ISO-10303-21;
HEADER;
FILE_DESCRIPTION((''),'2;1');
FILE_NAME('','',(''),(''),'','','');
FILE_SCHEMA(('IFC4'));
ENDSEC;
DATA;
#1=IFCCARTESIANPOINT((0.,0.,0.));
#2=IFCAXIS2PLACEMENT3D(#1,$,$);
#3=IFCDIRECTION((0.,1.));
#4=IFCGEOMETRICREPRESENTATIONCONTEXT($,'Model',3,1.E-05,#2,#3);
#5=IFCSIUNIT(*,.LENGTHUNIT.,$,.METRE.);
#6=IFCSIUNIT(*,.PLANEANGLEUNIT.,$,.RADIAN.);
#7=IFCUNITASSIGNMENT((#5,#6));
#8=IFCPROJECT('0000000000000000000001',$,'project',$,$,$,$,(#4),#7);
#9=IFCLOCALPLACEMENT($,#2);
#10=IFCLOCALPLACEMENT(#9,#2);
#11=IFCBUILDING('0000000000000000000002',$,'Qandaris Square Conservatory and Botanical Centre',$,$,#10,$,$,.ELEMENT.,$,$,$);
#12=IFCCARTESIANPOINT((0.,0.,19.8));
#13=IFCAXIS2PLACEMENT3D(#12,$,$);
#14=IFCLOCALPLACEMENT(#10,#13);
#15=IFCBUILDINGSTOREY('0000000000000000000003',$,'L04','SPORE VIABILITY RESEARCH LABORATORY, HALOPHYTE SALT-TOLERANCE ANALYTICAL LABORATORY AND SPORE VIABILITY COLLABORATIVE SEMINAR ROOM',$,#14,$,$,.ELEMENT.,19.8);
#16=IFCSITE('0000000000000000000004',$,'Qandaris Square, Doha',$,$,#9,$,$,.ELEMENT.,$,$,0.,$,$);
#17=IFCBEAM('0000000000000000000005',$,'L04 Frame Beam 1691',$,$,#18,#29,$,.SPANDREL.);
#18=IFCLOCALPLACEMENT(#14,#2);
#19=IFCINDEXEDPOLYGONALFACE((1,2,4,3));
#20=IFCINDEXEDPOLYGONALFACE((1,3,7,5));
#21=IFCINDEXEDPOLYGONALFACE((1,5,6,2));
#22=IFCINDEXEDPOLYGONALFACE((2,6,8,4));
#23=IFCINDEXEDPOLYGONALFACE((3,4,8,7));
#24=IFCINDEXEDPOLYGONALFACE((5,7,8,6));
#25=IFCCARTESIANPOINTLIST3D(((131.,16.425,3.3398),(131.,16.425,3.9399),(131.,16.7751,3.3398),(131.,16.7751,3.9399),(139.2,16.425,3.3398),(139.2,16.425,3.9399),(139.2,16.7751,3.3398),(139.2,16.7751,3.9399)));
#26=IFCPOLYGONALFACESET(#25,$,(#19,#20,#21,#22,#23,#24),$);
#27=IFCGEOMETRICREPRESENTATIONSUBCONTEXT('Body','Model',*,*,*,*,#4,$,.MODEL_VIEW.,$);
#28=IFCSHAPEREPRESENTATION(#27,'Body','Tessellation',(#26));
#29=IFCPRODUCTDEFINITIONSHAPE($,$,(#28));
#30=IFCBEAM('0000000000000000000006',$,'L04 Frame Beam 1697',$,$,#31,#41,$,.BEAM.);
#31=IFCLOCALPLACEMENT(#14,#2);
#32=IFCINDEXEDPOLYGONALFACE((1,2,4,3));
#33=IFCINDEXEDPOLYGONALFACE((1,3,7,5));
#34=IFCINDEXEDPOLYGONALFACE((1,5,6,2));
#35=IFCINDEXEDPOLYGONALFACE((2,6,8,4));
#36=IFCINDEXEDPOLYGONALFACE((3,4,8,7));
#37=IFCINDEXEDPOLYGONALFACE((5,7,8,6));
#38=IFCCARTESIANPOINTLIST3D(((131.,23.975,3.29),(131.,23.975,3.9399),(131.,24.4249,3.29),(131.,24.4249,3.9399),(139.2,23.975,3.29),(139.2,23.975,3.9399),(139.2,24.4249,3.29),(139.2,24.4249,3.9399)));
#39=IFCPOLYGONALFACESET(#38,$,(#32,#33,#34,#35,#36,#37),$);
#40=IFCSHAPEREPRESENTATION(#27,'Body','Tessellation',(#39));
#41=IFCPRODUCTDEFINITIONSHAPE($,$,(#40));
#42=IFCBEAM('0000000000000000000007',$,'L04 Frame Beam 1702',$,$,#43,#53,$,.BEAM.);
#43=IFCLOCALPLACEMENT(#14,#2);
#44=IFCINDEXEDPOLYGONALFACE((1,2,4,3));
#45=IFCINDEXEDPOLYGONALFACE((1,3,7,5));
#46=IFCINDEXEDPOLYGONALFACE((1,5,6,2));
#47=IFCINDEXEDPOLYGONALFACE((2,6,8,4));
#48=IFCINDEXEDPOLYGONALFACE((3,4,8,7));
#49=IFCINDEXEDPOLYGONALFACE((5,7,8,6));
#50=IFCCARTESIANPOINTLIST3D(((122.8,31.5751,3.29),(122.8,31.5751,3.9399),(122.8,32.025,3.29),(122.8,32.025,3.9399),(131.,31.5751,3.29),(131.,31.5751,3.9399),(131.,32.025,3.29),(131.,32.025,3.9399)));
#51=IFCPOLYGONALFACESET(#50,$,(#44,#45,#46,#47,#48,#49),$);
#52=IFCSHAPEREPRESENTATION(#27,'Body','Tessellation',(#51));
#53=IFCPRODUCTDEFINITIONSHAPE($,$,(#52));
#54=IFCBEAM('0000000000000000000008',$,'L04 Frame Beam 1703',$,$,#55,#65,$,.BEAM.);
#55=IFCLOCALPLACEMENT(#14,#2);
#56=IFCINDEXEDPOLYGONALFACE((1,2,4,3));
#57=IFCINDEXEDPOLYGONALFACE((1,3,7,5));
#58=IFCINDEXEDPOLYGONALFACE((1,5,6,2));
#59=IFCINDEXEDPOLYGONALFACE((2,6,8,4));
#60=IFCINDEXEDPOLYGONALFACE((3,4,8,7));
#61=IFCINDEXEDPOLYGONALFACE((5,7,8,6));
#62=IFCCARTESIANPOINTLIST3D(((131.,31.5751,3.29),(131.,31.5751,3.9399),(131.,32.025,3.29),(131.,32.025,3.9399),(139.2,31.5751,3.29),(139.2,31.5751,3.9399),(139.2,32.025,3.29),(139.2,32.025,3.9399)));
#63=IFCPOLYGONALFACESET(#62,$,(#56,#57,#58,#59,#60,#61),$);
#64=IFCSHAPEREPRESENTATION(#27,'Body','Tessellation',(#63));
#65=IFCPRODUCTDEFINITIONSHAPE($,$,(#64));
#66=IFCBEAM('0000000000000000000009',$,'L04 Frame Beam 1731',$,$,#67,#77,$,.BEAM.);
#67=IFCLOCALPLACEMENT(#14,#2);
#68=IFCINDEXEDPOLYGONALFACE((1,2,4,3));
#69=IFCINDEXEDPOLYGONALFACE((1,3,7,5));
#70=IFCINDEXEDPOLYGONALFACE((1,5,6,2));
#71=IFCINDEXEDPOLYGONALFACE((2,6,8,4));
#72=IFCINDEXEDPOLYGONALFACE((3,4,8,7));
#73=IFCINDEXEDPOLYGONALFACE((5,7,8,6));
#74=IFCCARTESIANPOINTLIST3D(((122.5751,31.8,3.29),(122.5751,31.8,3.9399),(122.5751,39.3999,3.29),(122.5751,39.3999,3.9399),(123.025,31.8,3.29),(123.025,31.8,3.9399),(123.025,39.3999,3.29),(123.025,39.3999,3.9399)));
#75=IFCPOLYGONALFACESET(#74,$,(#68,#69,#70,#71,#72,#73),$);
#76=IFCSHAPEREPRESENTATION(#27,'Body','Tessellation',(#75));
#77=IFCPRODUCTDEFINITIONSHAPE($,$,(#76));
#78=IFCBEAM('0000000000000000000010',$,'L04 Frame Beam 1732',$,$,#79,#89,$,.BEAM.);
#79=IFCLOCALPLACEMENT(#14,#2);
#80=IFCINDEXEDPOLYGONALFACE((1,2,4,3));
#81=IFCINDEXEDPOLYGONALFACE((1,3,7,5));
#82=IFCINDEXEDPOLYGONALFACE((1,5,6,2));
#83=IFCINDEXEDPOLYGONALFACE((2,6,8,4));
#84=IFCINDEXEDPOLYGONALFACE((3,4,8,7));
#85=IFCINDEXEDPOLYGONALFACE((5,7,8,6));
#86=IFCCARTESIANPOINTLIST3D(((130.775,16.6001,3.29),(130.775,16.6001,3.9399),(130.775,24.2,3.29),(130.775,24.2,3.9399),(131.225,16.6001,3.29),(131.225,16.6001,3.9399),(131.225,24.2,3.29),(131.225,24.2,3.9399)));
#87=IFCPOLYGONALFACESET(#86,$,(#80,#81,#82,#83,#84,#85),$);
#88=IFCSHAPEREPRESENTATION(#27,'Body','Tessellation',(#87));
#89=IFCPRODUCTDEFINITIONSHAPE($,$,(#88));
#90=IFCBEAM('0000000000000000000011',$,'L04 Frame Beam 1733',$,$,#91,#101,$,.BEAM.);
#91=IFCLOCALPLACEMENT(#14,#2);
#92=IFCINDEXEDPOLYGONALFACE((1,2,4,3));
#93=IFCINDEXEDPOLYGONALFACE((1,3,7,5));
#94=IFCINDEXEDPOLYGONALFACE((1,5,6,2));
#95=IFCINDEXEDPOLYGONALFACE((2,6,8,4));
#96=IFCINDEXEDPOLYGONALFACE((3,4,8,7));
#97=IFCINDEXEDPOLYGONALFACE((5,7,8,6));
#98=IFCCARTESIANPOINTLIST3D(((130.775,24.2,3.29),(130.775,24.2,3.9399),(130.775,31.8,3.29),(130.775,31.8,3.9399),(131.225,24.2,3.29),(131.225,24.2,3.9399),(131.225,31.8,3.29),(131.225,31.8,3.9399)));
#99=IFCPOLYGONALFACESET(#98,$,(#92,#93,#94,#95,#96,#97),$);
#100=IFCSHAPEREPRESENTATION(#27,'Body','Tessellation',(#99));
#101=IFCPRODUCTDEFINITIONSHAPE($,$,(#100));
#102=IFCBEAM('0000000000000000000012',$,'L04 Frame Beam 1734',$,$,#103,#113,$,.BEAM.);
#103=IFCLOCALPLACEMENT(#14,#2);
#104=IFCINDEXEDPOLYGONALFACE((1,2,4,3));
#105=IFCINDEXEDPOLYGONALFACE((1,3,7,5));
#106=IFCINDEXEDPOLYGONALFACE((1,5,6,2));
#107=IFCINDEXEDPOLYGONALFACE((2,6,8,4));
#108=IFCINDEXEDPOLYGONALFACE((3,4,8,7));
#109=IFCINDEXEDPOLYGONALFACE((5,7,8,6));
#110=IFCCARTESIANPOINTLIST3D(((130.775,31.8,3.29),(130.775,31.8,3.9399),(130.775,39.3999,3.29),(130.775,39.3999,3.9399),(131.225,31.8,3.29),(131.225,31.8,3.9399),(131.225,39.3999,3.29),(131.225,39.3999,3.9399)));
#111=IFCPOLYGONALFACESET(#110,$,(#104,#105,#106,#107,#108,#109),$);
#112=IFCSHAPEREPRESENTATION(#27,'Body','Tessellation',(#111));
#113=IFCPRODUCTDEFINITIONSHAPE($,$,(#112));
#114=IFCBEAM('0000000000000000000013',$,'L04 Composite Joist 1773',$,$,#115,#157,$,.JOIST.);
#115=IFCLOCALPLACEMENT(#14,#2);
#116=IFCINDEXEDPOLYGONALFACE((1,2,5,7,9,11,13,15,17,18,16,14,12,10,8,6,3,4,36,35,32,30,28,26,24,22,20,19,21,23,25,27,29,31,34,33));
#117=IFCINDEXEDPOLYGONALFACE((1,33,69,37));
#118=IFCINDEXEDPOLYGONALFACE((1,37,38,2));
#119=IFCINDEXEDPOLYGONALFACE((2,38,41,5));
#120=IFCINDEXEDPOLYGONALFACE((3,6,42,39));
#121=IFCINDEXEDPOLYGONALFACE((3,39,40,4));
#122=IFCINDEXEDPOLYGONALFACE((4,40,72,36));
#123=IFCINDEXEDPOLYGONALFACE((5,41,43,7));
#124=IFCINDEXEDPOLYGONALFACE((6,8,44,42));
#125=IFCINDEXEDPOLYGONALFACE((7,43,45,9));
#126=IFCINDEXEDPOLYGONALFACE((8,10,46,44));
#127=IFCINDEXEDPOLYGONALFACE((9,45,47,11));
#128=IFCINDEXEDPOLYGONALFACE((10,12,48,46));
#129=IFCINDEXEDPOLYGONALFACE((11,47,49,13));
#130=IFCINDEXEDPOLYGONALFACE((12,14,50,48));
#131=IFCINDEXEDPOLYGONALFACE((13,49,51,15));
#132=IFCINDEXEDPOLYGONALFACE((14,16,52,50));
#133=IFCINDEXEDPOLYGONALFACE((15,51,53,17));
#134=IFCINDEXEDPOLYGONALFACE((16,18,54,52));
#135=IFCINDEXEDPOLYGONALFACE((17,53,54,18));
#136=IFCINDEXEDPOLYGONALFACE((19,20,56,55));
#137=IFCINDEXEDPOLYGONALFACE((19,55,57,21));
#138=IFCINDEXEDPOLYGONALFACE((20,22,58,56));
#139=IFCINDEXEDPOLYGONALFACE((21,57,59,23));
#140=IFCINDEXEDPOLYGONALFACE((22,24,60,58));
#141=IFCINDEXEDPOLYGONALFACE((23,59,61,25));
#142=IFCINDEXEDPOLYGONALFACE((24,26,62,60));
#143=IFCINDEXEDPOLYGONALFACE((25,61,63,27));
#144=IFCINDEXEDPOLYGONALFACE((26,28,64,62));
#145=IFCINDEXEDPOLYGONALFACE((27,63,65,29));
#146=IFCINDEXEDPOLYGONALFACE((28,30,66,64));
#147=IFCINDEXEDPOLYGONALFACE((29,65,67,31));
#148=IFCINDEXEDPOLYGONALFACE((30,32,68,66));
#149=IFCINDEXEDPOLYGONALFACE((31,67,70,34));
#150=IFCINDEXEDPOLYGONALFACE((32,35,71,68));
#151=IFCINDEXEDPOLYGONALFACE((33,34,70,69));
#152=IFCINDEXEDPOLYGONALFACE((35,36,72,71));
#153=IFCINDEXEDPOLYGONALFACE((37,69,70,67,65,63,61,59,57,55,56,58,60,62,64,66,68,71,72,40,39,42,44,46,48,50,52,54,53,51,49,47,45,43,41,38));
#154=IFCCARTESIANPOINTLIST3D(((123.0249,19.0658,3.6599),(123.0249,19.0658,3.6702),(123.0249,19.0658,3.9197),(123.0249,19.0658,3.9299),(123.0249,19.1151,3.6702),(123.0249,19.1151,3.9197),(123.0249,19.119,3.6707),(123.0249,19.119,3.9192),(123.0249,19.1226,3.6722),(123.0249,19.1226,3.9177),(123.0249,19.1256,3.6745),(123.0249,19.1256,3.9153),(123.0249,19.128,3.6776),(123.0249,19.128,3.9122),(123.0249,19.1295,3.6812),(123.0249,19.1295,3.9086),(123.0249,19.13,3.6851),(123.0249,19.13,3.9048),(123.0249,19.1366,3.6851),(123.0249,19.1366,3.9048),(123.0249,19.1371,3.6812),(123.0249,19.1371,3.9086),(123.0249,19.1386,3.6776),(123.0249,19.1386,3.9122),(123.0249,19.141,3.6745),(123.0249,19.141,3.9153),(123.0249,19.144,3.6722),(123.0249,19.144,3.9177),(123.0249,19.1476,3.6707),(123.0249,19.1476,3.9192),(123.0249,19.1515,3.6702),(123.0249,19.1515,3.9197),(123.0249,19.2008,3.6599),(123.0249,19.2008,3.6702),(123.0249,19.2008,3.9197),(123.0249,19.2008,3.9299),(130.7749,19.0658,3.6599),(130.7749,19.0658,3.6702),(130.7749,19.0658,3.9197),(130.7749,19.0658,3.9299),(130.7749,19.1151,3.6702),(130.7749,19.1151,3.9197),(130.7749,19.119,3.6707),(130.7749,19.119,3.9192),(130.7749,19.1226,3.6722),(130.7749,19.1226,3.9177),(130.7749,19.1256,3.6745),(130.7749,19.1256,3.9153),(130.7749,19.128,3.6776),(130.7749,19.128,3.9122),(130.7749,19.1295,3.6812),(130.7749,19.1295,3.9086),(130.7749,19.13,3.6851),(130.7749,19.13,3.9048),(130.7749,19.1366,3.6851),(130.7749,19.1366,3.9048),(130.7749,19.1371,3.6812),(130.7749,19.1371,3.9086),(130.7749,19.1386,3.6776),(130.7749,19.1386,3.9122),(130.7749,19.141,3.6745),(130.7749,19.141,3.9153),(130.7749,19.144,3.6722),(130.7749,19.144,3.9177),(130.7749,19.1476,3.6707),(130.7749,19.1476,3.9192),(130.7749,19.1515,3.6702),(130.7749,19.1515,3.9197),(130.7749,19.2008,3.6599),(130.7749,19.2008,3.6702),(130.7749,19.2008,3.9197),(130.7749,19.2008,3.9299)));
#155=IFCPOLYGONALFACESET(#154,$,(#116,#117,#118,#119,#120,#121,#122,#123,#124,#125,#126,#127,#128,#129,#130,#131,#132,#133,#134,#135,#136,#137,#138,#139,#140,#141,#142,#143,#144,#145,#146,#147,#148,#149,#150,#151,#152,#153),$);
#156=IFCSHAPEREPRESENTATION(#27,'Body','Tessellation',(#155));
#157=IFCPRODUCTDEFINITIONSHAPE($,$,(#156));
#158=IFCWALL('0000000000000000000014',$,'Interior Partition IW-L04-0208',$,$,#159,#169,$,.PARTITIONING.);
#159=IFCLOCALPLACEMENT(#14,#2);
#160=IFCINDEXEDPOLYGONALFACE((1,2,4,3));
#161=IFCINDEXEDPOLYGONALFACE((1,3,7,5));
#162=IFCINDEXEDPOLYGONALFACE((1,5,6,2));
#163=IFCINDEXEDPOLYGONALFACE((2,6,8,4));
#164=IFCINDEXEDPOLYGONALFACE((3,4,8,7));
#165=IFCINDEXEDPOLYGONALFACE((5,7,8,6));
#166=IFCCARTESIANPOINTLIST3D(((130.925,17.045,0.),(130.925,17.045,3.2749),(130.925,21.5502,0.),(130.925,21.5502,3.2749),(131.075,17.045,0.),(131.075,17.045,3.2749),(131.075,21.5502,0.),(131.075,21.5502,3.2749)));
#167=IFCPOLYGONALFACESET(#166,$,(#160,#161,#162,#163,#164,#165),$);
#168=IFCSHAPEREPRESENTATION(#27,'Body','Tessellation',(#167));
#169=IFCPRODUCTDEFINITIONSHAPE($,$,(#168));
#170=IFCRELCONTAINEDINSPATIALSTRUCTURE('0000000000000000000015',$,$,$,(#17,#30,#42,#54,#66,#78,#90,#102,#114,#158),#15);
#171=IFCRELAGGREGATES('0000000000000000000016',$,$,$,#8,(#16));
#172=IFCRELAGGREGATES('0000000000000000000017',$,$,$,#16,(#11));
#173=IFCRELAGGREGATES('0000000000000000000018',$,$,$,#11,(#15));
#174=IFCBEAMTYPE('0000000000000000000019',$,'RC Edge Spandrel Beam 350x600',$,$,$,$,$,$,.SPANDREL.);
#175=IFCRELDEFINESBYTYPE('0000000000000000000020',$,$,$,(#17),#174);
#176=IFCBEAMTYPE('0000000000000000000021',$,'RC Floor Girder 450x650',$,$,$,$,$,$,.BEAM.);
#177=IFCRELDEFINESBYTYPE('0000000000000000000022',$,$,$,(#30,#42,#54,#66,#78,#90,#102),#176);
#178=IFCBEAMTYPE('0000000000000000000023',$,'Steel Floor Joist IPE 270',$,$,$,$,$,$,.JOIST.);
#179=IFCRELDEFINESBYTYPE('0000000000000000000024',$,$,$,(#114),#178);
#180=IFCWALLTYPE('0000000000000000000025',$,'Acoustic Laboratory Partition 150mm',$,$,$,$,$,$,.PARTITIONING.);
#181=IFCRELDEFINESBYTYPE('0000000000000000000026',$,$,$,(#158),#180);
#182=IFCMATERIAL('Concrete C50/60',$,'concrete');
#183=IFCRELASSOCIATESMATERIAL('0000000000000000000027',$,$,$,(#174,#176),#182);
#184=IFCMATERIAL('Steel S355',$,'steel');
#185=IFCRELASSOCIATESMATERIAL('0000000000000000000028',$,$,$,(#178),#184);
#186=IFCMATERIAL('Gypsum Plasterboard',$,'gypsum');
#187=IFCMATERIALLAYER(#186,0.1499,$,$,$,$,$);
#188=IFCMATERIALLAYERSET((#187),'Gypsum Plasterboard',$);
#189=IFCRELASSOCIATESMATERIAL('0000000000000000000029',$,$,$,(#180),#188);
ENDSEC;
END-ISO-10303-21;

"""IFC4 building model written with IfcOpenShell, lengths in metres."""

from ifc_helpers import new_model, si_unit, direction, frame, frame_2d, origin, origin_2d, place, context, subcontext, project, spatial, rectangle, i_section, extrude, material, layer, layer_set, material_profile, profile_set, type_object, element, save


model = new_model("IFC4")

# Units and contexts
model_context = context("Model", 3, precision=1e-05, world=origin(), true_north=direction((0.0, 1.0)))
body_context = subcontext(model_context, "Body", "Model", "MODEL_VIEW")
ifc_project = project(units=[si_unit("LENGTHUNIT", "METRE"), si_unit("PLANEANGLEUNIT", "RADIAN")], contexts=[model_context])

# Site, building, storey
site_placement = place(None, origin())
site = spatial("IfcSite", under=ifc_project, at=site_placement, Name="Qandaris Square, Doha", CompositionType="ELEMENT", RefElevation=0.0)
building_placement = place(site_placement, origin())
building = spatial("IfcBuilding", under=site, at=building_placement, Name="Qandaris Square Conservatory and Botanical Centre", CompositionType="ELEMENT")
storey_placement = place(building_placement, frame((0.0, 0.0, 19.8)))
storey = spatial("IfcBuildingStorey", under=building, at=storey_placement, Name="L04", Description="SPORE VIABILITY RESEARCH LABORATORY, HALOPHYTE SALT-TOLERANCE ANALYTICAL LABORATORY AND SPORE VIABILITY COLLABORATIVE SEMINAR ROOM", CompositionType="ELEMENT", Elevation=19.8)

# Shared definitions
ifc_material_1 = material(Name="Concrete C50/60", Category="concrete")

# Beams
ifc_material_2 = material(Name="Steel S355", Category="steel")
ifc_material_profile_1 = material_profile(ifc_material_1, rectangle(XDim=0.3501, YDim=0.6001, at=origin_2d()), Name="RC-SP 350x600")
ifc_profile_set_1 = profile_set([ifc_material_profile_1], Name="Concrete C50/60")
beam_type_1 = type_object("IfcBeamType", Name="RC Edge Spandrel Beam 350x600", PredefinedType="SPANDREL", material=ifc_profile_set_1)
beam_1_placement = place(storey_placement, frame((131.0, 16.6001, 3.6399), z_axis=(1.0, 0.0, 0.0), x_axis=(0.0, 1.0, 0.0)))
element("IfcBeam", 1, at=beam_1_placement, inside=storey, type_object=beam_type_1, Name="L04 Frame Beam 1691", PredefinedType="SPANDREL", context=body_context, shape_type="SweptSolid", body=[
    extrude(rectangle(XDim=0.3501, YDim=0.6001, at=origin_2d()), origin(), (0.0, 0.0, 1.0), 8.2),
])
ifc_material_profile_2 = material_profile(ifc_material_1, rectangle(XDim=0.45, YDim=0.6499, at=origin_2d()), Name="RC-BM 450x650")
ifc_profile_set_2 = profile_set([ifc_material_profile_2], Name="Concrete C50/60")
beam_type_2 = type_object("IfcBeamType", Name="RC Floor Girder 450x650", PredefinedType="BEAM", material=ifc_profile_set_2)
for number, where, z_axis, x_axis, name in (
    (2, (131.0, 24.2, 3.615), (1.0, 0.0, 0.0), (0.0, 1.0, 0.0), "L04 Frame Beam 1697"),
    (3, (122.8, 31.8, 3.615), (1.0, 0.0, 0.0), (0.0, 1.0, 0.0), "L04 Frame Beam 1702"),
    (4, (131.0, 31.8, 3.615), (1.0, 0.0, 0.0), (0.0, 1.0, 0.0), "L04 Frame Beam 1703"),
):
    element("IfcBeam", number, at=place(storey_placement, frame(where, z_axis=z_axis, x_axis=x_axis)), inside=storey, type_object=beam_type_2, Name=name, PredefinedType="BEAM", context=body_context, shape_type="SweptSolid", body=[
        extrude(rectangle(XDim=0.45, YDim=0.6499, at=origin_2d()), origin(), (0.0, 0.0, 1.0), 8.2),
    ])
for number, where, z_axis, x_axis, name in (
    (5, (122.8, 31.8, 3.615), (0.0, 1.0, 0.0), (-1.0, 0.0, 0.0), "L04 Frame Beam 1731"),
    (6, (131.0, 16.6001, 3.615), (0.0, 1.0, 0.0), (-1.0, 0.0, 0.0), "L04 Frame Beam 1732"),
):
    element("IfcBeam", number, at=place(storey_placement, frame(where, z_axis=z_axis, x_axis=x_axis)), inside=storey, type_object=beam_type_2, Name=name, PredefinedType="BEAM", context=body_context, shape_type="SweptSolid", body=[
        extrude(rectangle(XDim=0.45, YDim=0.6499, at=origin_2d()), origin(), (0.0, 0.0, 1.0), 7.5999),
    ])
beam_2_placement = place(storey_placement, frame((131.0, 24.2, 3.615), z_axis=(0.0, 1.0, 0.0), x_axis=(-1.0, 0.0, 0.0)))
element("IfcBeam", 7, at=beam_2_placement, inside=storey, type_object=beam_type_2, Name="L04 Frame Beam 1733", PredefinedType="BEAM", context=body_context, shape_type="SweptSolid", body=[
    extrude(rectangle(XDim=0.45, YDim=0.6499, at=origin_2d()), origin(), (0.0, 0.0, 1.0), 7.6001),
])
beam_3_placement = place(storey_placement, frame((131.0, 31.8, 3.615), z_axis=(0.0, 1.0, 0.0), x_axis=(-1.0, 0.0, 0.0)))
element("IfcBeam", 8, at=beam_3_placement, inside=storey, type_object=beam_type_2, Name="L04 Frame Beam 1734", PredefinedType="BEAM", context=body_context, shape_type="SweptSolid", body=[
    extrude(rectangle(XDim=0.45, YDim=0.6499, at=origin_2d()), origin(), (0.0, 0.0, 1.0), 7.5999),
])
ifc_material_profile_3 = material_profile(ifc_material_2, i_section(OverallWidth=0.135, OverallDepth=0.27, WebThickness=0.0066, FlangeThickness=0.0103, FilletRadius=0.0149, at=origin_2d()), Name="IPE 270")
ifc_profile_set_3 = profile_set([ifc_material_profile_3], Name="Steel S355")
beam_type_3 = type_object("IfcBeamType", Name="Steel Floor Joist IPE 270", PredefinedType="JOIST", material=ifc_profile_set_3)
beam_4_placement = place(storey_placement, frame((123.0249, 19.1333, 3.7949), z_axis=(1.0, 0.0, 0.0), x_axis=(0.0, 1.0, 0.0)))
element("IfcBeam", 9, at=beam_4_placement, inside=storey, type_object=beam_type_3, Name="L04 Composite Joist 1773", PredefinedType="JOIST", context=body_context, shape_type="SweptSolid", body=[
    extrude(i_section(OverallWidth=0.135, OverallDepth=0.27, WebThickness=0.0066, FlangeThickness=0.0103, FilletRadius=0.0149, at=origin_2d()), origin(), (0.0, 0.0, 1.0), 7.75),
])

# Wall
ifc_material_3 = material(Name="Gypsum Plasterboard", Category="gypsum")
ifc_layer_1 = layer(ifc_material_3, 0.1499)
ifc_layer_set_1 = layer_set([ifc_layer_1], Name="Gypsum Plasterboard")
wall_type_1 = type_object("IfcWallType", Name="Acoustic Laboratory Partition 150mm", PredefinedType="PARTITIONING", material=ifc_layer_set_1)
wall_1_placement = place(storey_placement, frame((131.0, 21.55, 0.0), z_axis=(0.0, 0.0, 1.0), x_axis=(0.0, -1.0, 0.0)))
element("IfcWall", 10, at=wall_1_placement, inside=storey, type_object=wall_type_1, Name="Interior Partition IW-L04-0208", PredefinedType="PARTITIONING", context=body_context, shape_type="SweptSolid", body=[
    extrude(rectangle(XDim=4.5051, YDim=0.1499, at=frame_2d((2.2524, 0.0))), origin(), (0.0, 0.0, 1.0), 3.2749),
])

save(model, "model.ifc")
